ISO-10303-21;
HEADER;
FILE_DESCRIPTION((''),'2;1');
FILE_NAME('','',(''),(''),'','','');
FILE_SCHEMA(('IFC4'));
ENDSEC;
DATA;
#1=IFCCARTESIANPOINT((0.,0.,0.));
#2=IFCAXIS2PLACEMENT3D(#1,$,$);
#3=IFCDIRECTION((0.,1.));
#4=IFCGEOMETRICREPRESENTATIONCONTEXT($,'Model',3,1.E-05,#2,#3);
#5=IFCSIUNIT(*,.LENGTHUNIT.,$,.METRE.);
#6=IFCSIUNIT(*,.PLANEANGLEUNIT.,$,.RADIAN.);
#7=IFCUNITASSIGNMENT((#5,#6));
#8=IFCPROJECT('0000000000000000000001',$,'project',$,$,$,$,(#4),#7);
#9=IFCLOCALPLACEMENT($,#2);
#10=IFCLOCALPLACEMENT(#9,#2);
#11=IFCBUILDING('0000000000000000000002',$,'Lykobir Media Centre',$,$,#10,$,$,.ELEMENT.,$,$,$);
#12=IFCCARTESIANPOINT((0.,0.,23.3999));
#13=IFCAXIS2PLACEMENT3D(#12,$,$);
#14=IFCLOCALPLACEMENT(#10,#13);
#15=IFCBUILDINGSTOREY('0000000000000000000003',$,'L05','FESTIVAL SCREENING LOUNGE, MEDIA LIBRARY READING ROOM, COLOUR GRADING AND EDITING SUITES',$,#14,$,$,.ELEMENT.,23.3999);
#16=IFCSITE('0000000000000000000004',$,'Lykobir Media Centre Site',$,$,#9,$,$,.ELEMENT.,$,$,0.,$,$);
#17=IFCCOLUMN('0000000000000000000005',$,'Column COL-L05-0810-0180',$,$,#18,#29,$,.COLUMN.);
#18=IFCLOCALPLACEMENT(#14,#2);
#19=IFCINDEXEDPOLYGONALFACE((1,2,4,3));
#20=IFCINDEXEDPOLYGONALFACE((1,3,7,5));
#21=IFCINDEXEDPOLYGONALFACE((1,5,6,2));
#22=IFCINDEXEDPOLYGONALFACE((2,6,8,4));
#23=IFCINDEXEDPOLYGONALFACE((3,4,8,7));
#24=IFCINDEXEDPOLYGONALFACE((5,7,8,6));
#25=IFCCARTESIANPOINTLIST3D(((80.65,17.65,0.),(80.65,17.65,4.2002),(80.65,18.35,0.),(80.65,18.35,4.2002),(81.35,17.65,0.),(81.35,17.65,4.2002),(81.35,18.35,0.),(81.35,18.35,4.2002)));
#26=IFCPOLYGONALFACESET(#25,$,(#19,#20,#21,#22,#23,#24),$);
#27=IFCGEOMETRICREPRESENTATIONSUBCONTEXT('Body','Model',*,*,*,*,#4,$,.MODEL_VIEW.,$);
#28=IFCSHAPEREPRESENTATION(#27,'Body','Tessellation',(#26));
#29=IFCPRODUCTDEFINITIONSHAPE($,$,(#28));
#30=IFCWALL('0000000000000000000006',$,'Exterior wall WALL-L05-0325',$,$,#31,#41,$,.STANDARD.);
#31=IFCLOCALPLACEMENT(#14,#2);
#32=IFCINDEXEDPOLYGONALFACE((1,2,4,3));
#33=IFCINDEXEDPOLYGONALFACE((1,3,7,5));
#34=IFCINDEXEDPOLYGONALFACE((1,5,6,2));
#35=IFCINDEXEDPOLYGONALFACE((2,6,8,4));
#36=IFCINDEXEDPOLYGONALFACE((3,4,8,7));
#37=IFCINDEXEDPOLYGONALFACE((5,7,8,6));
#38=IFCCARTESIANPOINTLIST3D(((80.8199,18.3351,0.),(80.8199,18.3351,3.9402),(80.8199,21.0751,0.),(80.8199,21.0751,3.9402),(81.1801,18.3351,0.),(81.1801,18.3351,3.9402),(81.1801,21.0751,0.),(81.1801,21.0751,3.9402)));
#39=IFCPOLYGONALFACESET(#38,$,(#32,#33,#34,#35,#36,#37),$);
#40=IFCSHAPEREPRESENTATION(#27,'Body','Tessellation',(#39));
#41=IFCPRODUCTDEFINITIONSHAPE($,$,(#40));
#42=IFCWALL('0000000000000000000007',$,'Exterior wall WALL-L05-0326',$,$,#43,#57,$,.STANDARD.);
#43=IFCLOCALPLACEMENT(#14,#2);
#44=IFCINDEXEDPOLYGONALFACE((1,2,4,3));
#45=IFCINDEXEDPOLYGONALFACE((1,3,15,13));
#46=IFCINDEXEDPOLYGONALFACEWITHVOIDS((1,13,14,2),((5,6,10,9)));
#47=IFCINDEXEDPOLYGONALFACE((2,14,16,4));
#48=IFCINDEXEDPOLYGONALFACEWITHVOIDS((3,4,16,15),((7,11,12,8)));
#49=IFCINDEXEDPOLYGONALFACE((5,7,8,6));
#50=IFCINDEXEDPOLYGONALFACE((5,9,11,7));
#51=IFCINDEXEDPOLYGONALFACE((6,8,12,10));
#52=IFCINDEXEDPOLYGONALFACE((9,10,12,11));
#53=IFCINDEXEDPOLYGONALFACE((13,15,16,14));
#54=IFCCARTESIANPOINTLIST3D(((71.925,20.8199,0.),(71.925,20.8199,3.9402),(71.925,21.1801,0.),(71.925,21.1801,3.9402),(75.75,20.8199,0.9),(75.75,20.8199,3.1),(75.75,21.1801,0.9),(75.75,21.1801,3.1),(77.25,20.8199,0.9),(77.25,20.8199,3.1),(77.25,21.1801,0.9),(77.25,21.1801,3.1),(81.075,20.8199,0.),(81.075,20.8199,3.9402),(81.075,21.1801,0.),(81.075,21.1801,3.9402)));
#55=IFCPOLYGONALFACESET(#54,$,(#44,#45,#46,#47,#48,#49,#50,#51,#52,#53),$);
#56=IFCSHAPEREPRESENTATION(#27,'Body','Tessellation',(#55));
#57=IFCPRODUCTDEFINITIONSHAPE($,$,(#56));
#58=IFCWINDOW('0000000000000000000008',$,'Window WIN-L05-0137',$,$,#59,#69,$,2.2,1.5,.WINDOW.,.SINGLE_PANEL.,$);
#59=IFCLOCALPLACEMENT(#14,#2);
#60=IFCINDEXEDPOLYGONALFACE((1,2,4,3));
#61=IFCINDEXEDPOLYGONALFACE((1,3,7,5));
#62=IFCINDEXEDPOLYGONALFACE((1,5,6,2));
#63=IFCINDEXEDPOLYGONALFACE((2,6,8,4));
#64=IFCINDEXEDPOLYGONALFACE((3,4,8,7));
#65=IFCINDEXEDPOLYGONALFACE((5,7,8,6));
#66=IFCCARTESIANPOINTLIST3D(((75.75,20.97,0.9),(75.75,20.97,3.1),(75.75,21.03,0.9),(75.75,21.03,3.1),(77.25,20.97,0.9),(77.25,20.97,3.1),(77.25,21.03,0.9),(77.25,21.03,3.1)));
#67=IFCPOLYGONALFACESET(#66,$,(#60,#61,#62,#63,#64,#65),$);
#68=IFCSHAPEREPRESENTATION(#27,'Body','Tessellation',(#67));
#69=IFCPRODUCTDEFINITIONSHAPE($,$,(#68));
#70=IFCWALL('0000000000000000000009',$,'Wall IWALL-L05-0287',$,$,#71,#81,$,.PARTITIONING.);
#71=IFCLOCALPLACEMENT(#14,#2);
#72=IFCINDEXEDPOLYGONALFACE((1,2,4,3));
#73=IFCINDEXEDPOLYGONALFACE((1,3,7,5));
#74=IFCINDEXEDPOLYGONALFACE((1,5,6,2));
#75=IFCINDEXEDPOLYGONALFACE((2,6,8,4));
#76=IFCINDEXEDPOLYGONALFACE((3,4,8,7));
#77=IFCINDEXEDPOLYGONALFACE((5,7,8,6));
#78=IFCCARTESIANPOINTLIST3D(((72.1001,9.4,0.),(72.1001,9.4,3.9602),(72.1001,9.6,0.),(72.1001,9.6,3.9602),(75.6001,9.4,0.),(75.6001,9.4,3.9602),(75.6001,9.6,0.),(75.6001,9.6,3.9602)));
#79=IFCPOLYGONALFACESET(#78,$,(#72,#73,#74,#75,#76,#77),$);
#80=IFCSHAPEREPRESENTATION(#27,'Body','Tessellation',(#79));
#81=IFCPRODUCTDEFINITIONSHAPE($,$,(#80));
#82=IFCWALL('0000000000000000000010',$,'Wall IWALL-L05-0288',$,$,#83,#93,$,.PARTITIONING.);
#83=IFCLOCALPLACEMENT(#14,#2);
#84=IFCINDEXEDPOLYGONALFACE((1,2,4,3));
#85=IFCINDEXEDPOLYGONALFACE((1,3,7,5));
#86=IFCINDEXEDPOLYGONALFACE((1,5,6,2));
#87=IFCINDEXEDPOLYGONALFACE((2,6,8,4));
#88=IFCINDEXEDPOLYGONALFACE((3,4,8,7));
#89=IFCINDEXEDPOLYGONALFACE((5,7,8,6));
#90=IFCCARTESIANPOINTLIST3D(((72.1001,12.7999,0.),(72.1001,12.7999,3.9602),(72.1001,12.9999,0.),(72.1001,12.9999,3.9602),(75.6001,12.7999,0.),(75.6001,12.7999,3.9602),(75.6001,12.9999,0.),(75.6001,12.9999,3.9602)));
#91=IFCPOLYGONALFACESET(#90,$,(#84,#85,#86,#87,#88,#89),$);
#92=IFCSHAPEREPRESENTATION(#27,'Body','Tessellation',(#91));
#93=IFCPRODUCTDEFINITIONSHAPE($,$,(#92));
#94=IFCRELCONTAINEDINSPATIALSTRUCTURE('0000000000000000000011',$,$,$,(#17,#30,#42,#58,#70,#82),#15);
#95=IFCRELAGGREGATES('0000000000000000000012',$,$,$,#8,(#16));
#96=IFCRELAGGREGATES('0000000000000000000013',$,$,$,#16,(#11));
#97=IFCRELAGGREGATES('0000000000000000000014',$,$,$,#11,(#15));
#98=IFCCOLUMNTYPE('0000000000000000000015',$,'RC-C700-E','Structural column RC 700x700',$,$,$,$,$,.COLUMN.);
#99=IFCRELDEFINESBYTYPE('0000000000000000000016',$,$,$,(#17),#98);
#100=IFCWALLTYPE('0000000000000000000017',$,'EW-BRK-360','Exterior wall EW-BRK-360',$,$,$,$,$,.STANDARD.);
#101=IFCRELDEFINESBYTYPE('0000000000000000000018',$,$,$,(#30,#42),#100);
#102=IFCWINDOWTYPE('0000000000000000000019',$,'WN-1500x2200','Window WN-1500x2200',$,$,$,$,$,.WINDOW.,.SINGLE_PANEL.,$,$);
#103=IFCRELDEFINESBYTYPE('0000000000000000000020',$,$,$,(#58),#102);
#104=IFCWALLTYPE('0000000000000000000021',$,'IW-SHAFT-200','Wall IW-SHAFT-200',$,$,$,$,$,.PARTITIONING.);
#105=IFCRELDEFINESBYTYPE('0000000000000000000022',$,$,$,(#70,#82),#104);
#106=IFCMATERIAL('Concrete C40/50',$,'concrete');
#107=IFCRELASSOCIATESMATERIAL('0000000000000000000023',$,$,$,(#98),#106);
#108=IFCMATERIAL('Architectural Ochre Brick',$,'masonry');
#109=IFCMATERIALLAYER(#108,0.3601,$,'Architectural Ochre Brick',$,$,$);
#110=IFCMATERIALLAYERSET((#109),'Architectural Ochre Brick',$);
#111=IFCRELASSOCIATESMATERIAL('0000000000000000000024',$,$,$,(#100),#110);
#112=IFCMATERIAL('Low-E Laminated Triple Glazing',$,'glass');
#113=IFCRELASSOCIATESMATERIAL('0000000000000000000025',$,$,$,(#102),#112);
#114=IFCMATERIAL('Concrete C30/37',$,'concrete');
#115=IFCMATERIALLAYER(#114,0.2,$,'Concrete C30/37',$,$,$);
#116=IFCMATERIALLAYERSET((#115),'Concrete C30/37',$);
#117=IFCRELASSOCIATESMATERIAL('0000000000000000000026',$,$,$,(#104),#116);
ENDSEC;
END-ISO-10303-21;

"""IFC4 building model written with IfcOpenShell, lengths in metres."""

from ifc_helpers import new_model, si_unit, direction, frame, frame_2d, origin, origin_2d, place, context, subcontext, project, spatial, rectangle, extrude, material, layer, layer_set, material_profile, profile_set, type_object, element, fill, save


model = new_model("IFC4")

# Units and contexts
model_context = context("Model", 3, precision=1e-05, world=origin(), true_north=direction((0.0, 1.0)))
body_context = subcontext(model_context, "Body", "Model", "MODEL_VIEW")
ifc_project = project(units=[si_unit("LENGTHUNIT", "METRE"), si_unit("PLANEANGLEUNIT", "RADIAN")], contexts=[model_context])

# Site, building, storey
site_placement = place(None, origin())
site = spatial("IfcSite", under=ifc_project, at=site_placement, Name="Lykobir Media Centre Site", CompositionType="ELEMENT", RefElevation=0.0)
building_placement = place(site_placement, origin())
building = spatial("IfcBuilding", under=site, at=building_placement, Name="Lykobir Media Centre", CompositionType="ELEMENT")
storey_placement = place(building_placement, frame((0.0, 0.0, 23.3999)))
storey = spatial("IfcBuildingStorey", under=building, at=storey_placement, Name="L05", Description="FESTIVAL SCREENING LOUNGE, MEDIA LIBRARY READING ROOM, COLOUR GRADING AND EDITING SUITES", CompositionType="ELEMENT", Elevation=23.3999)

# Column
ifc_material_1 = material(Name="Concrete C40/50", Category="concrete")
ifc_material_profile = material_profile(ifc_material_1, rectangle(XDim=0.7, YDim=0.7, at=origin_2d()), Name="RC 700x700")
ifc_profile_set = profile_set([ifc_material_profile], Name="Concrete C40/50")
column_type = type_object("IfcColumnType", Name="RC-C700-E", Description="Structural column RC 700x700", PredefinedType="COLUMN", material=ifc_profile_set)
column_placement = place(storey_placement, frame((81.0, 18.0, 0.0), z_axis=(0.0, 0.0, 1.0), x_axis=(1.0, 0.0, 0.0)))
element("IfcColumn", 1, at=column_placement, inside=storey, type_object=column_type, Name="Column COL-L05-0810-0180", PredefinedType="COLUMN", context=body_context, shape_type="SweptSolid", body=[
    extrude(rectangle(XDim=0.7, YDim=0.7, at=origin_2d()), origin(), (0.0, 0.0, 1.0), 4.2002),
])

# Wall
ifc_material_2 = material(Name="Architectural Ochre Brick", Category="masonry")
ifc_layer_1 = layer(ifc_material_2, 0.3601, Name="Architectural Ochre Brick")
ifc_layer_set_1 = layer_set([ifc_layer_1], Name="Architectural Ochre Brick")
wall_type_1 = type_object("IfcWallType", Name="EW-BRK-360", Description="Exterior wall EW-BRK-360", PredefinedType="STANDARD", material=ifc_layer_set_1)
wall_1_placement = place(storey_placement, frame((81.0, 18.335, 0.0), z_axis=(0.0, 0.0, 1.0), x_axis=(0.0, 1.0, 0.0)))
element("IfcWall", 2, at=wall_1_placement, inside=storey, type_object=wall_type_1, Name="Exterior wall WALL-L05-0325", PredefinedType="STANDARD", context=body_context, shape_type="SweptSolid", body=[
    extrude(rectangle(XDim=2.74, YDim=0.3601, at=frame_2d((1.3701, 0.0))), origin(), (0.0, 0.0, 1.0), 3.9402),
])

# Wall, opening, window
wall_2_placement = place(storey_placement, frame((81.075, 21.0, 0.0), z_axis=(0.0, 0.0, 1.0), x_axis=(-1.0, 0.0, 0.0)))
wall_2 = element("IfcWall", 3, at=wall_2_placement, inside=storey, type_object=wall_type_1, Name="Exterior wall WALL-L05-0326", PredefinedType="STANDARD", context=body_context, shape_type="SweptSolid", body=[
    extrude(rectangle(XDim=9.1499, YDim=0.3601, at=frame_2d((4.575, 0.0))), origin(), (0.0, 0.0, 1.0), 3.9402),
])
opening_1_placement = place(wall_2_placement, frame((3.825, 0.0, 0.8999)))
opening_1 = element("IfcOpeningElement", 4, at=opening_1_placement, cuts=wall_2, PredefinedType="OPENING", context=body_context, shape_type="SweptSolid", body=[
    extrude(rectangle(XDim=1.5, YDim=2.2, at=frame_2d((0.75, 1.1001))), frame((0.0, 0.1899, 0.0), z_axis=(0.0, -1.0, 0.0), x_axis=(1.0, 0.0, 0.0)), (0.0, 0.0, 1.0), 0.3801),
])
ifc_material_3 = material(Name="Low-E Laminated Triple Glazing", Category="glass")
window_type = type_object("IfcWindowType", Name="WN-1500x2200", Description="Window WN-1500x2200", PartitioningType="SINGLE_PANEL", PredefinedType="WINDOW", material=ifc_material_3)
window_placement = place(opening_1_placement, origin())
window = element("IfcWindow", 5, at=window_placement, inside=storey, type_object=window_type, Name="Window WIN-L05-0137", OverallHeight=2.2, OverallWidth=1.5, PartitioningType="SINGLE_PANEL", PredefinedType="WINDOW", context=body_context, shape_type="SweptSolid", body=[
    extrude(rectangle(XDim=1.5, YDim=2.2, at=frame_2d((0.75, 1.1001))), frame((0.0, 0.03, 0.0), z_axis=(0.0, -1.0, 0.0), x_axis=(1.0, 0.0, 0.0)), (0.0, 0.0, 1.0), 0.0601),
])
fill(opening_1, window)

# Walls
ifc_material_4 = material(Name="Concrete C30/37", Category="concrete")
ifc_layer_2 = layer(ifc_material_4, 0.2, Name="Concrete C30/37")
ifc_layer_set_2 = layer_set([ifc_layer_2], Name="Concrete C30/37")
wall_type_2 = type_object("IfcWallType", Name="IW-SHAFT-200", Description="Wall IW-SHAFT-200", PredefinedType="PARTITIONING", material=ifc_layer_set_2)
for number, where, z_axis, x_axis, name in (
    (6, (72.1001, 9.5, 0.0), (0.0, 0.0, 1.0), (1.0, 0.0, 0.0), "Wall IWALL-L05-0287"),
    (7, (72.1001, 12.8999, 0.0), (0.0, 0.0, 1.0), (1.0, 0.0, 0.0), "Wall IWALL-L05-0288"),
):
    element("IfcWall", number, at=place(storey_placement, frame(where, z_axis=z_axis, x_axis=x_axis)), inside=storey, type_object=wall_type_2, Name=name, PredefinedType="PARTITIONING", context=body_context, shape_type="SweptSolid", body=[
        extrude(rectangle(XDim=3.5, YDim=0.2, at=frame_2d((1.75, 0.0))), origin(), (0.0, 0.0, 1.0), 3.9602),
    ])

save(model, "model.ifc")
